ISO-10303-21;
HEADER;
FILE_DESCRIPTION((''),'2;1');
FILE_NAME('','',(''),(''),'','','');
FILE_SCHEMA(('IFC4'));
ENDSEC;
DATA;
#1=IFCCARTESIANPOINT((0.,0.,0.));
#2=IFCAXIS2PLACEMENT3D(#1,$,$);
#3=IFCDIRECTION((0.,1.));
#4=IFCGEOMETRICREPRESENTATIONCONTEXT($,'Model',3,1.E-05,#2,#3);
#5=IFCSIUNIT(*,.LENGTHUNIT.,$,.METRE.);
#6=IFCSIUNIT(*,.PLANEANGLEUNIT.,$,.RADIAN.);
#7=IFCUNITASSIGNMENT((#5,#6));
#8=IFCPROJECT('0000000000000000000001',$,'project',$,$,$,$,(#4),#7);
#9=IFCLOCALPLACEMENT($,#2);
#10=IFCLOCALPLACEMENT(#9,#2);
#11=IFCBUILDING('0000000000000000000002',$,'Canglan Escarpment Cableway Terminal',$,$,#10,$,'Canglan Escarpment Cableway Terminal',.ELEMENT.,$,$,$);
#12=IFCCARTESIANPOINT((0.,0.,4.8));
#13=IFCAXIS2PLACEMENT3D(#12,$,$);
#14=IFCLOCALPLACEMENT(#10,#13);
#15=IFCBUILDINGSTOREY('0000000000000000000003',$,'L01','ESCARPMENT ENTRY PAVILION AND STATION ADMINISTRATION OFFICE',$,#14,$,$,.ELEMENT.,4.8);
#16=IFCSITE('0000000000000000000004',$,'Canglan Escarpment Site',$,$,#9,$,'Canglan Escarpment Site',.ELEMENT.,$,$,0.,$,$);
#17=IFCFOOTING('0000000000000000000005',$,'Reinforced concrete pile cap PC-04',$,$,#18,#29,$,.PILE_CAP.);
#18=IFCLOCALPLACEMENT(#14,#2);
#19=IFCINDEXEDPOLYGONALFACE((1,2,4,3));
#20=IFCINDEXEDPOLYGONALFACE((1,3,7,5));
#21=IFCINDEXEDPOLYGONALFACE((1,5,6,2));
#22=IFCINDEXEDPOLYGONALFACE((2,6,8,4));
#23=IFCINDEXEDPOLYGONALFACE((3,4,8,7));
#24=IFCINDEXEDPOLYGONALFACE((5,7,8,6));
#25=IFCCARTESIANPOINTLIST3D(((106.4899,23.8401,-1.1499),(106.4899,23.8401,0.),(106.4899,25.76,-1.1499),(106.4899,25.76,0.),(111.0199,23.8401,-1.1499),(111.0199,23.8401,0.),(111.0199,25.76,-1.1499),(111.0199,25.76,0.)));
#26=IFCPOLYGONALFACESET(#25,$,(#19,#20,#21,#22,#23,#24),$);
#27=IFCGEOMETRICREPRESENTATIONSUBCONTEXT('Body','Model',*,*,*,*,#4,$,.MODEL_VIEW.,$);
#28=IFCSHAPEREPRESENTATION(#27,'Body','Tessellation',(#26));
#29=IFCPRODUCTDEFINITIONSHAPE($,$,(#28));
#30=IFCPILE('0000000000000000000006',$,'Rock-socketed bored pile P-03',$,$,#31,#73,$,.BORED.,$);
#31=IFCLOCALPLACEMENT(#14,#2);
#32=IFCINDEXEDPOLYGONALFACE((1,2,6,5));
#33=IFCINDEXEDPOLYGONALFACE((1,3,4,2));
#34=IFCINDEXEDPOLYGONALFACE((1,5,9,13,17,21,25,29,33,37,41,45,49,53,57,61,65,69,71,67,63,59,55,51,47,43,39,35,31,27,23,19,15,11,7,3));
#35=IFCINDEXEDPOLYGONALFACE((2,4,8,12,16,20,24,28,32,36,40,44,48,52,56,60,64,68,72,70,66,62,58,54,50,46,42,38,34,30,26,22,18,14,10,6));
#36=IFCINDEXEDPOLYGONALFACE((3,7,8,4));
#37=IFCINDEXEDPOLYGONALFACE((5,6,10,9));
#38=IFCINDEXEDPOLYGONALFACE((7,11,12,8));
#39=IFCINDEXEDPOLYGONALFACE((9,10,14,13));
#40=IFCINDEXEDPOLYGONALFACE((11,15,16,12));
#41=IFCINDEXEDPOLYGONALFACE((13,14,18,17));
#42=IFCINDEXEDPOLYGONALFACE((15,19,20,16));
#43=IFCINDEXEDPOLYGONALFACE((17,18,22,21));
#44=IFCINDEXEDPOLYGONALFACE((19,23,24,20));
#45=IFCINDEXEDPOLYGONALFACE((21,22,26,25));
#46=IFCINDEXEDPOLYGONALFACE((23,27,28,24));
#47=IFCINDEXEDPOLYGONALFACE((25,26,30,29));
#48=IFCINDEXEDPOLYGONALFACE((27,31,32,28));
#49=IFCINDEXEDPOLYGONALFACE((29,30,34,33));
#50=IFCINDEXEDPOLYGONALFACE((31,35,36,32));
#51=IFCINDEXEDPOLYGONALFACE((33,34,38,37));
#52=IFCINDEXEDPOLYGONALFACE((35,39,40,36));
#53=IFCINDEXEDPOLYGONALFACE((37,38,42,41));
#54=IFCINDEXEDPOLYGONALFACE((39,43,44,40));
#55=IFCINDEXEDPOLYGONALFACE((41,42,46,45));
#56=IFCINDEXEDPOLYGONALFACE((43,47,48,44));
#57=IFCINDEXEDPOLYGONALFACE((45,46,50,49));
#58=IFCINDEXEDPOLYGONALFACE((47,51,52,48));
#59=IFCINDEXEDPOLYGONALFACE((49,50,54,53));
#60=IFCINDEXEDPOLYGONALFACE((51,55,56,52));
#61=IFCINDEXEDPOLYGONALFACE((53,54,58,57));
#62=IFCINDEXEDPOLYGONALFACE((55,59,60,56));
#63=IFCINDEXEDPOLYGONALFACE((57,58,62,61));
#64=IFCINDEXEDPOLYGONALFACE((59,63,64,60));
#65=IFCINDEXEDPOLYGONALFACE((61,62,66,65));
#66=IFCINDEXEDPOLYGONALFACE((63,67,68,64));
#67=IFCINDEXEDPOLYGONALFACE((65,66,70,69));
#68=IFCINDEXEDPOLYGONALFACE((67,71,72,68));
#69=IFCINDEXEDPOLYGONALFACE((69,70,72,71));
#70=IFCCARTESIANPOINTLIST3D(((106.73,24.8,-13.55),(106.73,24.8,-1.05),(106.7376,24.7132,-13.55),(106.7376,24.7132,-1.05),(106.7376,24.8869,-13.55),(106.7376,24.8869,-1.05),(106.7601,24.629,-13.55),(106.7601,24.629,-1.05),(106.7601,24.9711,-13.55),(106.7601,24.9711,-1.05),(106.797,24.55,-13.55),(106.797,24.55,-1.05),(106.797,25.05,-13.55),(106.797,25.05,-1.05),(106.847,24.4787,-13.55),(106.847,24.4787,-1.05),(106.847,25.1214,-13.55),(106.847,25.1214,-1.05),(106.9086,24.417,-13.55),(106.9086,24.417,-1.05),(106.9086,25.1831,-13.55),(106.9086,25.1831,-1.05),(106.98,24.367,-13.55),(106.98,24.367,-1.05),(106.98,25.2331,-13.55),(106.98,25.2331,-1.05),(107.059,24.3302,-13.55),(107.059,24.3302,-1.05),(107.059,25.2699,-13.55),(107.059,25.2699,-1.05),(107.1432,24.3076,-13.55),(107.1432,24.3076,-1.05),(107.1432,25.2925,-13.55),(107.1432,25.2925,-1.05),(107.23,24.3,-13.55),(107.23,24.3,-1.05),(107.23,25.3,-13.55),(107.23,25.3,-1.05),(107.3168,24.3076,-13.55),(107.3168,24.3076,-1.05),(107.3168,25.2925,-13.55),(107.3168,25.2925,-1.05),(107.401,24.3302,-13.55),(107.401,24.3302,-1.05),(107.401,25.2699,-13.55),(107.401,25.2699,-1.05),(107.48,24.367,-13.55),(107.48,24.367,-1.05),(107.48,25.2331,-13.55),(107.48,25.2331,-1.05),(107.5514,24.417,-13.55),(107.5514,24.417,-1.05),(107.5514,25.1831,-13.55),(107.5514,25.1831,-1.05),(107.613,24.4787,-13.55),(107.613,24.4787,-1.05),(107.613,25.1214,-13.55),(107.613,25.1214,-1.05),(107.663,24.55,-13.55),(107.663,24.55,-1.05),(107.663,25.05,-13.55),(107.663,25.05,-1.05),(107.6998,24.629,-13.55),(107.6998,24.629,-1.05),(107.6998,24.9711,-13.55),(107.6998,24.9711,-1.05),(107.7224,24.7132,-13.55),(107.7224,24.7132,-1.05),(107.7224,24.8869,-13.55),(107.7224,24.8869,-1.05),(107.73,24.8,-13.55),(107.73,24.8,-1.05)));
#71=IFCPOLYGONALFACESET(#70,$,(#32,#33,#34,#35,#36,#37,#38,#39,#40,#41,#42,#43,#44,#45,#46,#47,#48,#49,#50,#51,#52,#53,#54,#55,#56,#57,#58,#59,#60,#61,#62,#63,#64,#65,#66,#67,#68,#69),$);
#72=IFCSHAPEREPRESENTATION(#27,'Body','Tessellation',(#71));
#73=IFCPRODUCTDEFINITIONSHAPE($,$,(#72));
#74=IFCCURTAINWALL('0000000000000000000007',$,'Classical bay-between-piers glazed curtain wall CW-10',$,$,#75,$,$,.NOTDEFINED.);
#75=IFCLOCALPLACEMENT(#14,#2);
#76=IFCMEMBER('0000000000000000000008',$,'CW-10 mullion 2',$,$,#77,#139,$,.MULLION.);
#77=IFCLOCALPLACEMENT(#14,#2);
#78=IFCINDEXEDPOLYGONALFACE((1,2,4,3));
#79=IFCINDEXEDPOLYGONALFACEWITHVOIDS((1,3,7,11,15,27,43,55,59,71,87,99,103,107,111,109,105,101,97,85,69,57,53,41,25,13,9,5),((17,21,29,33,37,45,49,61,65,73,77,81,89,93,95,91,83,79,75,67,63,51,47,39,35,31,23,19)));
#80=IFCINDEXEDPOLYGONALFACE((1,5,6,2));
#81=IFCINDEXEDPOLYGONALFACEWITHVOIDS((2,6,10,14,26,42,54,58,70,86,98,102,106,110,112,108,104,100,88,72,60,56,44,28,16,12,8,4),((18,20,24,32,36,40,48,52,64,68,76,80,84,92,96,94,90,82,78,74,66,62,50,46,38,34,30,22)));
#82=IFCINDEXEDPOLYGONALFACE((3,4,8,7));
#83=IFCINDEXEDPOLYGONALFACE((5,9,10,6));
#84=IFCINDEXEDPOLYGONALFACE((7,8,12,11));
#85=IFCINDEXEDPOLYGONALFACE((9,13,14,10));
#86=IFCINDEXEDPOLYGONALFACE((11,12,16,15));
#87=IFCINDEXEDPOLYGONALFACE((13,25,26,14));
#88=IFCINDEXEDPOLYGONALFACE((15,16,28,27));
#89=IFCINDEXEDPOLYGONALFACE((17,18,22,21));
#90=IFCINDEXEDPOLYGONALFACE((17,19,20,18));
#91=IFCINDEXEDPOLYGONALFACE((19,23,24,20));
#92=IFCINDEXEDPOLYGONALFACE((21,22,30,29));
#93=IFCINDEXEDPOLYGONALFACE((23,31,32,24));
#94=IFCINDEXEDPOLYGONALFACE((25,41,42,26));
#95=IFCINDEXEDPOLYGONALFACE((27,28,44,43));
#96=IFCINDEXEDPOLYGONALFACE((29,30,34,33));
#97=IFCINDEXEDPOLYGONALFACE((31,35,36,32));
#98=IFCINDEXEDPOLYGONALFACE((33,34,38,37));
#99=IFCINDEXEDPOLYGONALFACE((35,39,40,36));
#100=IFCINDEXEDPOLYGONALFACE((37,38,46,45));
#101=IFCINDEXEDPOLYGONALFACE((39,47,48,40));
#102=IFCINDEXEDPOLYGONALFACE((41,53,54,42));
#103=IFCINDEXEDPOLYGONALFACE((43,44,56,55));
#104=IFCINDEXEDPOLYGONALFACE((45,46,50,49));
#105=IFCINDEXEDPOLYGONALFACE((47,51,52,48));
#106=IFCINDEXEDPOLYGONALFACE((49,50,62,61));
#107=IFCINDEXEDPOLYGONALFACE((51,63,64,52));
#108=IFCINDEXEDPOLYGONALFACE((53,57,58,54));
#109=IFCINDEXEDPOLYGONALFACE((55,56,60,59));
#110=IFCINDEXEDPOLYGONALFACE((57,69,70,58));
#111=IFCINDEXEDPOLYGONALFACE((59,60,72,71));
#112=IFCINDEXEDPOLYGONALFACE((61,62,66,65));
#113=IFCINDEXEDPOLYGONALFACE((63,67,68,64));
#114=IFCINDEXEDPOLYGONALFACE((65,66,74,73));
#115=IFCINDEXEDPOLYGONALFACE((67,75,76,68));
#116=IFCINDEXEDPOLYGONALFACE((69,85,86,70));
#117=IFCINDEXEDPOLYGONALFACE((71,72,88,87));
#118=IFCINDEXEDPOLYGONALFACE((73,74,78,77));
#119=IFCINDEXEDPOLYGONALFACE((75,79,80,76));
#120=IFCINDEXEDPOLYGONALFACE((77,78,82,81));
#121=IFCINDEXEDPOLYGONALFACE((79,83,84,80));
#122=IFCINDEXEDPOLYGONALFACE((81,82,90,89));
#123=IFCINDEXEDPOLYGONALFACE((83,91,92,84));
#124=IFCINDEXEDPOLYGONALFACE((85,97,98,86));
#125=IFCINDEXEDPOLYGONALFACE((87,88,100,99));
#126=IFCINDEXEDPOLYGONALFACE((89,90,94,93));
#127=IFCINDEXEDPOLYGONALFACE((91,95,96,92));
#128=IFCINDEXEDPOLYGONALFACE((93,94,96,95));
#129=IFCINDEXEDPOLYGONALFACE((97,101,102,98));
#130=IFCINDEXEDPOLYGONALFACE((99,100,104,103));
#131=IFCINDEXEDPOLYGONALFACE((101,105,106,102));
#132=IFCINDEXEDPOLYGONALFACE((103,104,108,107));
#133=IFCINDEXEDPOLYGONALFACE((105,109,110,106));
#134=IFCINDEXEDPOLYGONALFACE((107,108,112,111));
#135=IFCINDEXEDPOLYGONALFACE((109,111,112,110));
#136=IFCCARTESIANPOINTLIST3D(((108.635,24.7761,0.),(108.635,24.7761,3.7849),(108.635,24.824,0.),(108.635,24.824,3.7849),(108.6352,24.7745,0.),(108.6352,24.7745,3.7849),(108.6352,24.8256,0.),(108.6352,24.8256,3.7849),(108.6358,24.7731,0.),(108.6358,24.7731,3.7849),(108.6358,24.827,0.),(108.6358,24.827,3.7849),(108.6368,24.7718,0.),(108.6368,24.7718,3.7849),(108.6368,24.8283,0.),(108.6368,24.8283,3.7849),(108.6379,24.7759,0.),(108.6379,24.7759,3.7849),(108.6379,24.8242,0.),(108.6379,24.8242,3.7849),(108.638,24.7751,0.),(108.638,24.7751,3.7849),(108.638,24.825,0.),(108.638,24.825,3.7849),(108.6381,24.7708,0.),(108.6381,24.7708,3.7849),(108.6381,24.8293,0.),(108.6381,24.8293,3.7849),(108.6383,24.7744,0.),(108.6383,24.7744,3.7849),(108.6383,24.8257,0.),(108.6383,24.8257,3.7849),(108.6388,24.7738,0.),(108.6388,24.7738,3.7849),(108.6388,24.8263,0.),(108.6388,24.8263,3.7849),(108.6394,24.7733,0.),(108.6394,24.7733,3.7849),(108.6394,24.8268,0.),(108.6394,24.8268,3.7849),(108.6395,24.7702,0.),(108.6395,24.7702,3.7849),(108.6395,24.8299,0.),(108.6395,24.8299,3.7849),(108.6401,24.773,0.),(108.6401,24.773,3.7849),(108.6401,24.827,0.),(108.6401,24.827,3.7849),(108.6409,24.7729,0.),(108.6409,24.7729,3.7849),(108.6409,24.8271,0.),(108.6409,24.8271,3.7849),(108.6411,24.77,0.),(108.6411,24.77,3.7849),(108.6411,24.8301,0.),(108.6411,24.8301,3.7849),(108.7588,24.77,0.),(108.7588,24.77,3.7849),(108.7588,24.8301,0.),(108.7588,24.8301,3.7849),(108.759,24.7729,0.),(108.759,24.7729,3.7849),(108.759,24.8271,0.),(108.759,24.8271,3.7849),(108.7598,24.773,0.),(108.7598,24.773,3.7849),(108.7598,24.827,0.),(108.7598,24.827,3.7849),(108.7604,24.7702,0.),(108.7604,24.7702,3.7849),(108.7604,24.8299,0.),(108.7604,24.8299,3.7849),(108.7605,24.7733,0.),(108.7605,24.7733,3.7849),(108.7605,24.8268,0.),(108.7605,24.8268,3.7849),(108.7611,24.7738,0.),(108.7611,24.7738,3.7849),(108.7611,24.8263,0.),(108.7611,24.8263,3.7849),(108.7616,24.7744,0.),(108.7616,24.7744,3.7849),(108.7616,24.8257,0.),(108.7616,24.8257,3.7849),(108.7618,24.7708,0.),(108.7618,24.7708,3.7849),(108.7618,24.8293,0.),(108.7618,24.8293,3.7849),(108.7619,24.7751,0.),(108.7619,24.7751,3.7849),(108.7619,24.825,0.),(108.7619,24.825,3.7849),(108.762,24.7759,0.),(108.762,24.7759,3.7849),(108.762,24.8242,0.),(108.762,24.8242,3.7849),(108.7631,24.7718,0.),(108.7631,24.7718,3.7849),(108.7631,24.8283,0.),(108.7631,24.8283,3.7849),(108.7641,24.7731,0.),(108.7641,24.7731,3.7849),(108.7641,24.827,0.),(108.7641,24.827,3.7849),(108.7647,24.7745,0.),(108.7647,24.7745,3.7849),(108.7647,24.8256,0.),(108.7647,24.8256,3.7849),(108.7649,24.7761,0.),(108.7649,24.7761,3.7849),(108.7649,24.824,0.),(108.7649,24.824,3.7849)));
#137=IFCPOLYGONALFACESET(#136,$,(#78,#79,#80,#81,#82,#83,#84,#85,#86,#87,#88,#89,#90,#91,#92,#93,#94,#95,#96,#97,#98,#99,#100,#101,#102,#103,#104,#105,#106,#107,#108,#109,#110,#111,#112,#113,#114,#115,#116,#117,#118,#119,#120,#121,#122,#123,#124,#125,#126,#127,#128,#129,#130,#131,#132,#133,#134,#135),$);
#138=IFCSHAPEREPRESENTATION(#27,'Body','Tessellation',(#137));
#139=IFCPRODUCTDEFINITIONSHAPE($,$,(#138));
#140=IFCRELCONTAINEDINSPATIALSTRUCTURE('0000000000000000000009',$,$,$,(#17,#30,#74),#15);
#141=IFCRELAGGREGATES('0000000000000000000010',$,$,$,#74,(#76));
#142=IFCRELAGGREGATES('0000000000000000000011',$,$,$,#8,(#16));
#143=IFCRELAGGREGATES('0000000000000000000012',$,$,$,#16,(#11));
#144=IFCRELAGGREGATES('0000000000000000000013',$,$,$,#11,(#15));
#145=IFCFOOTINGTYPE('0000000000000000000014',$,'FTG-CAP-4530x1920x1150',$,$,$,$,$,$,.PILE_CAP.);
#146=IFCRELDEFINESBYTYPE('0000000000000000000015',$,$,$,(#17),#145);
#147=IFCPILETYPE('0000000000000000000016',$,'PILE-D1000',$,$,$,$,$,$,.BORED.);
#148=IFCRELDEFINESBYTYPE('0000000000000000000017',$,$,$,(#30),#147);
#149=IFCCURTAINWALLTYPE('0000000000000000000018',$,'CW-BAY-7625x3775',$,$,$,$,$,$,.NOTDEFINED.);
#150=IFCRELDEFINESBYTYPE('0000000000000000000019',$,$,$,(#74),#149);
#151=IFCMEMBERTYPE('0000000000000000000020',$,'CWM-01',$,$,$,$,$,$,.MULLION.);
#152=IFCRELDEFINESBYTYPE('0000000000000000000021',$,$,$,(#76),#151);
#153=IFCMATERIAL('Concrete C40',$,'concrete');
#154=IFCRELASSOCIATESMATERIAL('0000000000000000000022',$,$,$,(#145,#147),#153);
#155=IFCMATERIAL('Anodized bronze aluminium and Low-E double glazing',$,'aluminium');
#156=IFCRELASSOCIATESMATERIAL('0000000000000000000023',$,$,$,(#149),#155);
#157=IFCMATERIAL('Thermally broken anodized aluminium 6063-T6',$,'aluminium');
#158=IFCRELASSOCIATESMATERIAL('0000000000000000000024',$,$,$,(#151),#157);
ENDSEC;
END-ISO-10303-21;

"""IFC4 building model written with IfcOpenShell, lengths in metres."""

from ifc_helpers import new_model, si_unit, direction, frame, origin, origin_2d, place, context, subcontext, project, spatial, rectangle, hollow_rectangle, circle, extrude, material, material_profile, profile_set, type_object, element, aggregate, save


model = new_model("IFC4")

# Units and contexts
model_context = context("Model", 3, precision=1e-05, world=origin(), true_north=direction((0.0, 1.0)))
body_context = subcontext(model_context, "Body", "Model", "MODEL_VIEW")
ifc_project = project(units=[si_unit("LENGTHUNIT", "METRE"), si_unit("PLANEANGLEUNIT", "RADIAN")], contexts=[model_context])

# Site, building, storey
site_placement = place(None, origin())
site = spatial("IfcSite", under=ifc_project, at=site_placement, Name="Canglan Escarpment Site", LongName="Canglan Escarpment Site", CompositionType="ELEMENT", RefElevation=0.0)
building_placement = place(site_placement, origin())
building = spatial("IfcBuilding", under=site, at=building_placement, Name="Canglan Escarpment Cableway Terminal", LongName="Canglan Escarpment Cableway Terminal", CompositionType="ELEMENT")
storey_placement = place(building_placement, frame((0.0, 0.0, 4.8)))
storey = spatial("IfcBuildingStorey", under=building, at=storey_placement, Name="L01", Description="ESCARPMENT ENTRY PAVILION AND STATION ADMINISTRATION OFFICE", CompositionType="ELEMENT", Elevation=4.8)

# Footing
ifc_material_1 = material(Name="Concrete C40", Category="concrete")
footing_type = type_object("IfcFootingType", Name="FTG-CAP-4530x1920x1150", PredefinedType="PILE_CAP", material=ifc_material_1)
footing_placement = place(storey_placement, frame((108.7549, 24.8, -1.1499), z_axis=(0.0, 0.0, 1.0), x_axis=(1.0, 0.0, 0.0)))
element("IfcFooting", 1, at=footing_placement, inside=storey, type_object=footing_type, Name="Reinforced concrete pile cap PC-04", PredefinedType="PILE_CAP", context=body_context, shape_type="SweptSolid", body=[
    extrude(rectangle(XDim=4.53, YDim=1.9199, at=origin_2d()), origin(), (0.0, 0.0, 1.0), 1.1499),
])

# Pile
ifc_material_profile_1 = material_profile(ifc_material_1, circle(Radius=0.5, at=origin_2d()), Name="BORED PILE D1000")
ifc_profile_set_1 = profile_set([ifc_material_profile_1], Name="Concrete C40")
pile_type = type_object("IfcPileType", Name="PILE-D1000", PredefinedType="BORED", material=ifc_profile_set_1)
pile_placement = place(storey_placement, frame((107.23, 24.8, -1.05), z_axis=(0.0, 0.0, -1.0), x_axis=(1.0, 0.0, 0.0)))
element("IfcPile", 2, at=pile_placement, inside=storey, type_object=pile_type, Name="Rock-socketed bored pile P-03", PredefinedType="BORED", context=body_context, shape_type="SweptSolid", body=[
    extrude(circle(Radius=0.5, at=origin_2d()), origin(), (0.0, 0.0, 1.0), 12.5),
])

# Curtain wall, member
ifc_material_2 = material(Name="Anodized bronze aluminium and Low-E double glazing", Category="aluminium")
curtain_wall_type = type_object("IfcCurtainWallType", Name="CW-BAY-7625x3775", PredefinedType="NOTDEFINED", material=ifc_material_2)
curtain_wall_placement = place(storey_placement, origin())
curtain_wall = element("IfcCurtainWall", 3, at=curtain_wall_placement, inside=storey, type_object=curtain_wall_type, Name="Classical bay-between-piers glazed curtain wall CW-10", PredefinedType="NOTDEFINED")
ifc_material_3 = material(Name="Thermally broken anodized aluminium 6063-T6", Category="aluminium")
ifc_material_profile_2 = material_profile(ifc_material_3, hollow_rectangle(XDim=0.0601, YDim=0.1299, WallThickness=0.0029, InnerFilletRadius=0.0029, OuterFilletRadius=0.0061, at=origin_2d()), Name="ALU-MULL 60x130x3")
ifc_profile_set_2 = profile_set([ifc_material_profile_2], Name="Thermally broken anodized aluminium 6063-T6")
member_type_1 = type_object("IfcMemberType", Name="CWM-01", PredefinedType="MULLION", material=ifc_profile_set_2)
member_1_placement = place(storey_placement, frame((108.7, 24.8, 0.0), z_axis=(0.0, 0.0, 1.0), x_axis=(0.0, -1.0, 0.0)))
member_1 = element("IfcMember", 4, at=member_1_placement, type_object=member_type_1, Name="CW-10 mullion 2", PredefinedType="MULLION", context=body_context, shape_type="SweptSolid", body=[
    extrude(hollow_rectangle(XDim=0.0601, YDim=0.1299, WallThickness=0.0029, InnerFilletRadius=0.0029, OuterFilletRadius=0.0061, at=origin_2d()), origin(), (0.0, 0.0, 1.0), 3.7849),
])

aggregate(curtain_wall, [member_1])

save(model, "model.ifc")
